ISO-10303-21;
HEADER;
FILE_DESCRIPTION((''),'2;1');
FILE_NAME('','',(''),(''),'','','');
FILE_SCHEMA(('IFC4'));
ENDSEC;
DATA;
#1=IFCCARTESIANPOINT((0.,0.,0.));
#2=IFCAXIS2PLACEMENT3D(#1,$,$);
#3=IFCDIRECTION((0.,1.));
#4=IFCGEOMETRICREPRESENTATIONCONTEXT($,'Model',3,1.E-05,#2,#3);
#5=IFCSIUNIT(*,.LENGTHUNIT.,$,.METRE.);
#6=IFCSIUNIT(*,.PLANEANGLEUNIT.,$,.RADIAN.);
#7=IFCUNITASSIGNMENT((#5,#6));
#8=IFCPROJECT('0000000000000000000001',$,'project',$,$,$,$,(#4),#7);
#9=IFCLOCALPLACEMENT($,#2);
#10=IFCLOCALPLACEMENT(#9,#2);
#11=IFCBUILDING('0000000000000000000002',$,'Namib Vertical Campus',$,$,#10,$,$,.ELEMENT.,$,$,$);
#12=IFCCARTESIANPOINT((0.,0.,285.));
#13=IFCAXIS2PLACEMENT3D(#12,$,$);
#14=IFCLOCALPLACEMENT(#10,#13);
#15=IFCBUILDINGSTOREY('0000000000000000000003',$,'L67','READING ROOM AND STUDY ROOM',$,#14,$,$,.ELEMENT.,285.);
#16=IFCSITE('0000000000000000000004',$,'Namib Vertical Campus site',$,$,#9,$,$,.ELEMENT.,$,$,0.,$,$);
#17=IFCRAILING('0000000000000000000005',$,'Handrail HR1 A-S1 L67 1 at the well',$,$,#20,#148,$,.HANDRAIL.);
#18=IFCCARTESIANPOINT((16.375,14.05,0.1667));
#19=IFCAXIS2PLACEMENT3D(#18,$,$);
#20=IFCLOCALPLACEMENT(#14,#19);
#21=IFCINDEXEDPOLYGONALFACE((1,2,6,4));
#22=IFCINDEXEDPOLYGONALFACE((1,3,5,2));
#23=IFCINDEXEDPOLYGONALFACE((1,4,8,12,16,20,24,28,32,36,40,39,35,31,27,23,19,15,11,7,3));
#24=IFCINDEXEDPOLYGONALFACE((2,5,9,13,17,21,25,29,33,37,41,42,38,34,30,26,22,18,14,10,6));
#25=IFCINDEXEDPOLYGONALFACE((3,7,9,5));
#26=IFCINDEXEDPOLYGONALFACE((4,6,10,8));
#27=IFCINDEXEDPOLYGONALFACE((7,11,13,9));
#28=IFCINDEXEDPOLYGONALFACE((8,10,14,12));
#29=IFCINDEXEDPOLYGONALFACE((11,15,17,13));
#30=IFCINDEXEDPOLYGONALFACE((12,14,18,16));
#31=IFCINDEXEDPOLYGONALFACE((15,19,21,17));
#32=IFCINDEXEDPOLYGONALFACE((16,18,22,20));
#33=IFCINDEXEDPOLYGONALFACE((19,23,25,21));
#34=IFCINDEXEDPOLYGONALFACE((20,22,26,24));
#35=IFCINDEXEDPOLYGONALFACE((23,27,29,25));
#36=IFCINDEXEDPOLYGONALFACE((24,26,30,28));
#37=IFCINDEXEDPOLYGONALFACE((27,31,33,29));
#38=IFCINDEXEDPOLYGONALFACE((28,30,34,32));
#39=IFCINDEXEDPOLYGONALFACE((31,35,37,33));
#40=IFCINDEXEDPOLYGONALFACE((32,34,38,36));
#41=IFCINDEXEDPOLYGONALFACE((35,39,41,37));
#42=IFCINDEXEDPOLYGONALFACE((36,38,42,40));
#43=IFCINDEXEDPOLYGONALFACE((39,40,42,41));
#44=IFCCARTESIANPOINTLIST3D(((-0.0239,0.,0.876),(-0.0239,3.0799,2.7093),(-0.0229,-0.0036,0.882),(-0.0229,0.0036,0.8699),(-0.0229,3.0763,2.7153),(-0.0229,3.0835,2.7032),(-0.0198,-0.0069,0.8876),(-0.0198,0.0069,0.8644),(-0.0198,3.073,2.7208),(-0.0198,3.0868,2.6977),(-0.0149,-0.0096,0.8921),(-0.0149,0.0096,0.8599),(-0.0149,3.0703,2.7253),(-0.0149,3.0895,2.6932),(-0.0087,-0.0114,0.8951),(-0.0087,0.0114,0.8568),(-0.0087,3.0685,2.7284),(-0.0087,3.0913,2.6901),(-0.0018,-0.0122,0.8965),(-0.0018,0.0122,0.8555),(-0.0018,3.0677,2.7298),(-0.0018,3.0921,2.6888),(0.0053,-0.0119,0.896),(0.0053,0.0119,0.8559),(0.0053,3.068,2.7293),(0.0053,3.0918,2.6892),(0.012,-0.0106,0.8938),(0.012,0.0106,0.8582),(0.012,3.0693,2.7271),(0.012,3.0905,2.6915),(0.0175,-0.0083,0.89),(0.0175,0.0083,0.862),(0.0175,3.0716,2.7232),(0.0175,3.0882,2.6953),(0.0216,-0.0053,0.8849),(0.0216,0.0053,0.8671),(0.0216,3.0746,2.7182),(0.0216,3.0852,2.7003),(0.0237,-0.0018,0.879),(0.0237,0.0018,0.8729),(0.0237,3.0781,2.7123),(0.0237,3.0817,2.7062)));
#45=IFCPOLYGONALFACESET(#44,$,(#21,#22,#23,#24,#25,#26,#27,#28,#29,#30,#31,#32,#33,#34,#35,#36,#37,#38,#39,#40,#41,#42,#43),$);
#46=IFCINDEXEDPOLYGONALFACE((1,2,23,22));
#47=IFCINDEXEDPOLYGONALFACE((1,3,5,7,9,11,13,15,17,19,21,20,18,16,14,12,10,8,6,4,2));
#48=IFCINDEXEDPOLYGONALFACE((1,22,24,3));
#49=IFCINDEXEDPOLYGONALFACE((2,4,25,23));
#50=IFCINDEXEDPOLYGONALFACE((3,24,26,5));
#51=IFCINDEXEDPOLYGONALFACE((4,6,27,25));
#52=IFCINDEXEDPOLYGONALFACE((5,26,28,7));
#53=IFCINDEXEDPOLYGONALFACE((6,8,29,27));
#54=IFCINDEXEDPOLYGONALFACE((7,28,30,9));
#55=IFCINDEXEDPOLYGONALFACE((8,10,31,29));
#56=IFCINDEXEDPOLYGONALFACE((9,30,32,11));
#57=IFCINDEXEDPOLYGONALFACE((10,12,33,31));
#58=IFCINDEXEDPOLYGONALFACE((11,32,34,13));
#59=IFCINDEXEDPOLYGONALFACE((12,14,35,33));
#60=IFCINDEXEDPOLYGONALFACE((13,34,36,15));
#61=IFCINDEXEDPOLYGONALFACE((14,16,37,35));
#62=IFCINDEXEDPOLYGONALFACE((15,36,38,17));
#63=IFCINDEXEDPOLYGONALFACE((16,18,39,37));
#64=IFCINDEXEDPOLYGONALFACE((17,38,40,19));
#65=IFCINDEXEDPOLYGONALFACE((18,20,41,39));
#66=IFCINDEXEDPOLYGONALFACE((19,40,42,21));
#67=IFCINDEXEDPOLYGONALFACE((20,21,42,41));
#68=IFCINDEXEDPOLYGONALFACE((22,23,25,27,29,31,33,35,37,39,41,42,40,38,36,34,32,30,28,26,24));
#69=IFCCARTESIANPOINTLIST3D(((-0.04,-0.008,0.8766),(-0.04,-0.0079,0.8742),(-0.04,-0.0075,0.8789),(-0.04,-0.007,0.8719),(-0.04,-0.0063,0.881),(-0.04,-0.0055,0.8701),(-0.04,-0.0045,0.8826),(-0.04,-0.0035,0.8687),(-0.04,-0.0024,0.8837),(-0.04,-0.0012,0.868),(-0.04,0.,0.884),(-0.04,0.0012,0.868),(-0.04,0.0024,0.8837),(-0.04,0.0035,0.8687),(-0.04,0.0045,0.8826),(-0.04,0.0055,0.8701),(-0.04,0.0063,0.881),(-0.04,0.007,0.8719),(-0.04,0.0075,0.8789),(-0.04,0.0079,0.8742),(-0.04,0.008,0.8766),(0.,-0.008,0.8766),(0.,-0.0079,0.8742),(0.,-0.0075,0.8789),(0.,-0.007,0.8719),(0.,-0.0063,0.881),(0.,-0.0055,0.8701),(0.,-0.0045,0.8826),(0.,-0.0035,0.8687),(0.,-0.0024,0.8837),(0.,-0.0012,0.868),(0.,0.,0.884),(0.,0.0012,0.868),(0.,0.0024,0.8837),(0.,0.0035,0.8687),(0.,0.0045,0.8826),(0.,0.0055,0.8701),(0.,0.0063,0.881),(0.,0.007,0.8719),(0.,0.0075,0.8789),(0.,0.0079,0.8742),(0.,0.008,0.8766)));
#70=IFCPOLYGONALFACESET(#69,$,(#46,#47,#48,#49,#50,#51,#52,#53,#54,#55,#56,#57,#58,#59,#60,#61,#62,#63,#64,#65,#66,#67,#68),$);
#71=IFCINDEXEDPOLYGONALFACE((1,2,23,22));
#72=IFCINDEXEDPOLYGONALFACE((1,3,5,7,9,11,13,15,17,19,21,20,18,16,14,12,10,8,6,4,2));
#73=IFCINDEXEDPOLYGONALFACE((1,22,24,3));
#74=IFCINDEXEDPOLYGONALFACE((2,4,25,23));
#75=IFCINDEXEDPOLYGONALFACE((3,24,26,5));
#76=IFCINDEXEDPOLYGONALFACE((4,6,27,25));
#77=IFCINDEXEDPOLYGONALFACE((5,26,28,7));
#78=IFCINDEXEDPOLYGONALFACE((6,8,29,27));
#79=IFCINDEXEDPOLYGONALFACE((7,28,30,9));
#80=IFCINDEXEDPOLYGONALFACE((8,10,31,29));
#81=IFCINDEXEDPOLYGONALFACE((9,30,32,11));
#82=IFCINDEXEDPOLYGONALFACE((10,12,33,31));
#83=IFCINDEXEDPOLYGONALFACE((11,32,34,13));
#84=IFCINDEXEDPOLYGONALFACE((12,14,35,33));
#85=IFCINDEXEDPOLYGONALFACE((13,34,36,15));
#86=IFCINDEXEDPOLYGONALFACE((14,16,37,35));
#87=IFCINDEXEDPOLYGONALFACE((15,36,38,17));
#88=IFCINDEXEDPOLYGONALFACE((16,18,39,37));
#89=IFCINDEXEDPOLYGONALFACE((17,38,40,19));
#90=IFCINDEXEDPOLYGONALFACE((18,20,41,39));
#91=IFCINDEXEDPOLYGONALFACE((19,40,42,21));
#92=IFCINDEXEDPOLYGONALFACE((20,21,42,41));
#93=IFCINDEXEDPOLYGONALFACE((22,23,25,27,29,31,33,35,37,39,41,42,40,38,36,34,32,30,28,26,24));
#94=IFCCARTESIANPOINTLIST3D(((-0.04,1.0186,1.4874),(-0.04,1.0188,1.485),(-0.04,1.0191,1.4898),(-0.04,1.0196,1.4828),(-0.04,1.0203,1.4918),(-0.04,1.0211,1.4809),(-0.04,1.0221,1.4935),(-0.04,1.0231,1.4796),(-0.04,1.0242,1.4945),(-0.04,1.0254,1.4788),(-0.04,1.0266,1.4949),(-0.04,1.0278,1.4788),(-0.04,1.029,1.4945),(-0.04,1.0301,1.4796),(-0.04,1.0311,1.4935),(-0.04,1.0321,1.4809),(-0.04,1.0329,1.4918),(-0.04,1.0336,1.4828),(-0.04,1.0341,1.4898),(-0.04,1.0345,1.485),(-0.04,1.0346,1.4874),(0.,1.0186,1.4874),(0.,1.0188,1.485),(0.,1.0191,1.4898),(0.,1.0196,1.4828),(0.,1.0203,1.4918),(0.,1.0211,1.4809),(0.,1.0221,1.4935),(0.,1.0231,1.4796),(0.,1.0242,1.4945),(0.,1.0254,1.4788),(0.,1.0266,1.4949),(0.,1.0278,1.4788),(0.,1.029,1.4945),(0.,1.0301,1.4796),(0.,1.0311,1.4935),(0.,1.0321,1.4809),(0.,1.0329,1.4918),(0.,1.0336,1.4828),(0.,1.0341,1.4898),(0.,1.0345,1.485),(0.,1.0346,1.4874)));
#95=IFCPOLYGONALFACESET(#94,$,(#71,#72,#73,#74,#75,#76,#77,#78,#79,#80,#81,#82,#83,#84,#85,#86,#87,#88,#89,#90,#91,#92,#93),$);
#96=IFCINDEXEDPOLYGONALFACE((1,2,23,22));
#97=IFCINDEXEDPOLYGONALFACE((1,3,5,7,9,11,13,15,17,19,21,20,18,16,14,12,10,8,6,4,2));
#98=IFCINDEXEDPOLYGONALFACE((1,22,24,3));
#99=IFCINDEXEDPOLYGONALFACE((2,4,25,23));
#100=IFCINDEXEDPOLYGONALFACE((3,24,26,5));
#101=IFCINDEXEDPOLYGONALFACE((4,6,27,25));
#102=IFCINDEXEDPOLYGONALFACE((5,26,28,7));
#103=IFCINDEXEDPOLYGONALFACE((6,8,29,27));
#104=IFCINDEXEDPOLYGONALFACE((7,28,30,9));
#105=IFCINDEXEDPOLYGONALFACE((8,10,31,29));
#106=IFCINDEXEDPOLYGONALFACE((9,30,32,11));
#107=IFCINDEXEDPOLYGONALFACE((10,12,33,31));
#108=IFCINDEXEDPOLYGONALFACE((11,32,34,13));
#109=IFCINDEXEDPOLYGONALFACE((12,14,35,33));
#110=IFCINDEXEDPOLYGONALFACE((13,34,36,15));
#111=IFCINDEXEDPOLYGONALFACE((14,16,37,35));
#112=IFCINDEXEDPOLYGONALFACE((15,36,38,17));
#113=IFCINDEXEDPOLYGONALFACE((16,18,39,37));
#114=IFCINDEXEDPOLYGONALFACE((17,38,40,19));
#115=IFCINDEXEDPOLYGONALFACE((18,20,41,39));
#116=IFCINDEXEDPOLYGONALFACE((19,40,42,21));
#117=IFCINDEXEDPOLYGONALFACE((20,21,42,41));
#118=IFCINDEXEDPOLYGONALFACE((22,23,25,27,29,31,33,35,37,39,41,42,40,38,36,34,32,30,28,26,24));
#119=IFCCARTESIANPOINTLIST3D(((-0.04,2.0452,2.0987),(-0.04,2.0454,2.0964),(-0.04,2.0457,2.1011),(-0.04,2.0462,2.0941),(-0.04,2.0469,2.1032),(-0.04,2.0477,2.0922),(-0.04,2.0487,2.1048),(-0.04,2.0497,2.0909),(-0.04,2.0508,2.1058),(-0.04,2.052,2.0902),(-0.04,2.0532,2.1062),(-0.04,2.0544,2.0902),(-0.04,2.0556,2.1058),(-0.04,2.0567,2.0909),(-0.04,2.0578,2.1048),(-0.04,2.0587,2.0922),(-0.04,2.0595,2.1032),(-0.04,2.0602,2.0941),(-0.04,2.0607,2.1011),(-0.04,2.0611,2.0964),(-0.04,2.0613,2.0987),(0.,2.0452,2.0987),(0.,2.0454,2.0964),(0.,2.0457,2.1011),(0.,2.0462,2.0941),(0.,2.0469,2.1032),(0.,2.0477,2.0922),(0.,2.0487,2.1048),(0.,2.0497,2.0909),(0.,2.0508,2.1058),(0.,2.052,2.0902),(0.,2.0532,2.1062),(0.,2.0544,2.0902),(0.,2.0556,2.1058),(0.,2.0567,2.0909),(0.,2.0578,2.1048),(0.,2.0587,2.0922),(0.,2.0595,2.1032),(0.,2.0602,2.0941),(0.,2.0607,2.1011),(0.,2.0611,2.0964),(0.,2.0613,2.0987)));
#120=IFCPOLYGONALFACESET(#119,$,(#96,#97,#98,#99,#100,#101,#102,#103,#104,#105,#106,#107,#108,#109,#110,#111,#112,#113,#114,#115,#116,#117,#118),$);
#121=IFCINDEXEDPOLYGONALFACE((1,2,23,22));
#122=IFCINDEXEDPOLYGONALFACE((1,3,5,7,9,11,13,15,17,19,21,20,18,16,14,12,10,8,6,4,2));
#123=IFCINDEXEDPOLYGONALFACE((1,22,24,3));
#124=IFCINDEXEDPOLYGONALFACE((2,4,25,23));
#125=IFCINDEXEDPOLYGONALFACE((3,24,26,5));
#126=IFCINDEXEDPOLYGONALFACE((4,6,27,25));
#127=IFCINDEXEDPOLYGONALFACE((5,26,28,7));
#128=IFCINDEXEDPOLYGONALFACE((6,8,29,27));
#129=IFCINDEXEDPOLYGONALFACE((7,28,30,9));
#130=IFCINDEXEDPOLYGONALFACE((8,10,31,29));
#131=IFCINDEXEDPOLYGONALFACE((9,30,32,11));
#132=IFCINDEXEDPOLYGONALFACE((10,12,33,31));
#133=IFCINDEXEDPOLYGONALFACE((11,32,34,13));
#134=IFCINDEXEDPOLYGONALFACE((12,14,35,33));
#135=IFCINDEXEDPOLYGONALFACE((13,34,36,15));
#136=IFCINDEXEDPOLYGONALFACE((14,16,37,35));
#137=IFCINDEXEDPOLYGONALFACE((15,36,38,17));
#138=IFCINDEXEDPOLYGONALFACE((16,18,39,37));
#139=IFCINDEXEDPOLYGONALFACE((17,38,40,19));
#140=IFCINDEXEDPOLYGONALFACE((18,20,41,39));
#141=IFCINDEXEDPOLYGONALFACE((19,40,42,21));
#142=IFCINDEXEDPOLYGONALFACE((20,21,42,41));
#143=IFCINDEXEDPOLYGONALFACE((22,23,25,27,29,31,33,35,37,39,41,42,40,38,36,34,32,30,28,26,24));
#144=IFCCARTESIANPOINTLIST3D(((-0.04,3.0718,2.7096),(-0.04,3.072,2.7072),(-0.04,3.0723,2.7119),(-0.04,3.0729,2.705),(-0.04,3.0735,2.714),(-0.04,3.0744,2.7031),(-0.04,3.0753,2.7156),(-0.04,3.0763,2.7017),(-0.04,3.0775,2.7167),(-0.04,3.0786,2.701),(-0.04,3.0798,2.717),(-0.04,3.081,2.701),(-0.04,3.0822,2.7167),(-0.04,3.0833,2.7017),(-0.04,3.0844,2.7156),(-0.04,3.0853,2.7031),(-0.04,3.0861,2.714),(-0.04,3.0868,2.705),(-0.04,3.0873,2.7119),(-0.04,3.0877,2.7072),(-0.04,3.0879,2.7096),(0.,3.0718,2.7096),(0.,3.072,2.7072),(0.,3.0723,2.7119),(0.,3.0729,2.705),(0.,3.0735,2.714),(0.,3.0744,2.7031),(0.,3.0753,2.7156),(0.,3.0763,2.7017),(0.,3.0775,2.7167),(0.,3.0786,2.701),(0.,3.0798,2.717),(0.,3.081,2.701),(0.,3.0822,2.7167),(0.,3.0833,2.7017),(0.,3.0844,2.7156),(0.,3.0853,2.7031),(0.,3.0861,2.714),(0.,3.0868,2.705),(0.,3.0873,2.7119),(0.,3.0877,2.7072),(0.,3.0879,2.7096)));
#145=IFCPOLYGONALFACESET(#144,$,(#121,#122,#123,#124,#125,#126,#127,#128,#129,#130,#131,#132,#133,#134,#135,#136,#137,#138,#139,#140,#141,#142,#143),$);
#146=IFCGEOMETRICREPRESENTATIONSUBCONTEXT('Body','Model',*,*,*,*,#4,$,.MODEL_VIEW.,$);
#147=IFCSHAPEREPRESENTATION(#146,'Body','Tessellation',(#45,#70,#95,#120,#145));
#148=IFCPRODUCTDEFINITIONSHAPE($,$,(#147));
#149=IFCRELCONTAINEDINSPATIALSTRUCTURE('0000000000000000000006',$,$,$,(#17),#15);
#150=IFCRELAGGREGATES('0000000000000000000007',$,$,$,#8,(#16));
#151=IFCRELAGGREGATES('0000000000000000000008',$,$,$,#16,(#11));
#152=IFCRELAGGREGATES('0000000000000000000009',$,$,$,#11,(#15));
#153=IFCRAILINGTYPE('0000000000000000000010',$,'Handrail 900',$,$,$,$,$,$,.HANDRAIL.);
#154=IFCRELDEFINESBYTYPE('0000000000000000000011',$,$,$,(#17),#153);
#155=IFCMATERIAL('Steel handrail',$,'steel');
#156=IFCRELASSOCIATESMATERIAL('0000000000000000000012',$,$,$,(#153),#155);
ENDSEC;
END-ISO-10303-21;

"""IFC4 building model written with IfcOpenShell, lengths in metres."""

from ifc_helpers import new_model, si_unit, direction, frame, origin, origin_2d, place, context, subcontext, project, spatial, circle, extrude, material, type_object, element, save


model = new_model("IFC4")

# Units and contexts
model_context = context("Model", 3, precision=1e-05, world=origin(), true_north=direction((0.0, 1.0)))
body_context = subcontext(model_context, "Body", "Model", "MODEL_VIEW")
ifc_project = project(units=[si_unit("LENGTHUNIT", "METRE"), si_unit("PLANEANGLEUNIT", "RADIAN")], contexts=[model_context])

# Site, building, storey
site_placement = place(None, origin())
site = spatial("IfcSite", under=ifc_project, at=site_placement, Name="Namib Vertical Campus site", CompositionType="ELEMENT", RefElevation=0.0)
building_placement = place(site_placement, origin())
building = spatial("IfcBuilding", under=site, at=building_placement, Name="Namib Vertical Campus", CompositionType="ELEMENT")
storey_placement = place(building_placement, frame((0.0, 0.0, 285.0)))
storey = spatial("IfcBuildingStorey", under=building, at=storey_placement, Name="L67", Description="READING ROOM AND STUDY ROOM", CompositionType="ELEMENT", Elevation=285.0)

# Railing
ifc_material_1 = material(Name="Steel handrail", Category="steel")
railing_type_1 = type_object("IfcRailingType", Name="Handrail 900", PredefinedType="HANDRAIL", material=ifc_material_1)
railing_1_placement = place(storey_placement, frame((16.375, 14.05, 0.1667)))
element("IfcRailing", 1, at=railing_1_placement, inside=storey, type_object=railing_type_1, Name="Handrail HR1 A-S1 L67 1 at the well", PredefinedType="HANDRAIL", context=body_context, shape_type="SweptSolid", body=[
    extrude(circle(Radius=0.0239, at=origin_2d()), frame((0.0, 0.0, 0.876), z_axis=(0.0, 0.859291, 0.511487), x_axis=(-1.0, 0.0, 0.0)), (0.0, 0.0, 1.0), 3.5842),
    extrude(circle(Radius=0.0081, at=origin_2d()), frame((0.0, 0.0, 0.876), z_axis=(-1.0, 0.0, 0.0), x_axis=(0.0, 0.0, 1.0)), (0.0, 0.0, 1.0), 0.04),
    extrude(circle(Radius=0.0081, at=origin_2d()), frame((0.0, 1.0266, 1.4868), z_axis=(-1.0, 0.0, 0.0), x_axis=(0.0, 0.0, 1.0)), (0.0, 0.0, 1.0), 0.04),
    extrude(circle(Radius=0.0081, at=origin_2d()), frame((0.0, 2.0532, 2.0981), z_axis=(-1.0, 0.0, 0.0), x_axis=(0.0, 0.0, 1.0)), (0.0, 0.0, 1.0), 0.04),
    extrude(circle(Radius=0.0081, at=origin_2d()), frame((0.0, 3.0798, 2.709), z_axis=(-1.0, 0.0, 0.0), x_axis=(0.0, 0.0, 1.0)), (0.0, 0.0, 1.0), 0.04),
])

save(model, "model.ifc")
